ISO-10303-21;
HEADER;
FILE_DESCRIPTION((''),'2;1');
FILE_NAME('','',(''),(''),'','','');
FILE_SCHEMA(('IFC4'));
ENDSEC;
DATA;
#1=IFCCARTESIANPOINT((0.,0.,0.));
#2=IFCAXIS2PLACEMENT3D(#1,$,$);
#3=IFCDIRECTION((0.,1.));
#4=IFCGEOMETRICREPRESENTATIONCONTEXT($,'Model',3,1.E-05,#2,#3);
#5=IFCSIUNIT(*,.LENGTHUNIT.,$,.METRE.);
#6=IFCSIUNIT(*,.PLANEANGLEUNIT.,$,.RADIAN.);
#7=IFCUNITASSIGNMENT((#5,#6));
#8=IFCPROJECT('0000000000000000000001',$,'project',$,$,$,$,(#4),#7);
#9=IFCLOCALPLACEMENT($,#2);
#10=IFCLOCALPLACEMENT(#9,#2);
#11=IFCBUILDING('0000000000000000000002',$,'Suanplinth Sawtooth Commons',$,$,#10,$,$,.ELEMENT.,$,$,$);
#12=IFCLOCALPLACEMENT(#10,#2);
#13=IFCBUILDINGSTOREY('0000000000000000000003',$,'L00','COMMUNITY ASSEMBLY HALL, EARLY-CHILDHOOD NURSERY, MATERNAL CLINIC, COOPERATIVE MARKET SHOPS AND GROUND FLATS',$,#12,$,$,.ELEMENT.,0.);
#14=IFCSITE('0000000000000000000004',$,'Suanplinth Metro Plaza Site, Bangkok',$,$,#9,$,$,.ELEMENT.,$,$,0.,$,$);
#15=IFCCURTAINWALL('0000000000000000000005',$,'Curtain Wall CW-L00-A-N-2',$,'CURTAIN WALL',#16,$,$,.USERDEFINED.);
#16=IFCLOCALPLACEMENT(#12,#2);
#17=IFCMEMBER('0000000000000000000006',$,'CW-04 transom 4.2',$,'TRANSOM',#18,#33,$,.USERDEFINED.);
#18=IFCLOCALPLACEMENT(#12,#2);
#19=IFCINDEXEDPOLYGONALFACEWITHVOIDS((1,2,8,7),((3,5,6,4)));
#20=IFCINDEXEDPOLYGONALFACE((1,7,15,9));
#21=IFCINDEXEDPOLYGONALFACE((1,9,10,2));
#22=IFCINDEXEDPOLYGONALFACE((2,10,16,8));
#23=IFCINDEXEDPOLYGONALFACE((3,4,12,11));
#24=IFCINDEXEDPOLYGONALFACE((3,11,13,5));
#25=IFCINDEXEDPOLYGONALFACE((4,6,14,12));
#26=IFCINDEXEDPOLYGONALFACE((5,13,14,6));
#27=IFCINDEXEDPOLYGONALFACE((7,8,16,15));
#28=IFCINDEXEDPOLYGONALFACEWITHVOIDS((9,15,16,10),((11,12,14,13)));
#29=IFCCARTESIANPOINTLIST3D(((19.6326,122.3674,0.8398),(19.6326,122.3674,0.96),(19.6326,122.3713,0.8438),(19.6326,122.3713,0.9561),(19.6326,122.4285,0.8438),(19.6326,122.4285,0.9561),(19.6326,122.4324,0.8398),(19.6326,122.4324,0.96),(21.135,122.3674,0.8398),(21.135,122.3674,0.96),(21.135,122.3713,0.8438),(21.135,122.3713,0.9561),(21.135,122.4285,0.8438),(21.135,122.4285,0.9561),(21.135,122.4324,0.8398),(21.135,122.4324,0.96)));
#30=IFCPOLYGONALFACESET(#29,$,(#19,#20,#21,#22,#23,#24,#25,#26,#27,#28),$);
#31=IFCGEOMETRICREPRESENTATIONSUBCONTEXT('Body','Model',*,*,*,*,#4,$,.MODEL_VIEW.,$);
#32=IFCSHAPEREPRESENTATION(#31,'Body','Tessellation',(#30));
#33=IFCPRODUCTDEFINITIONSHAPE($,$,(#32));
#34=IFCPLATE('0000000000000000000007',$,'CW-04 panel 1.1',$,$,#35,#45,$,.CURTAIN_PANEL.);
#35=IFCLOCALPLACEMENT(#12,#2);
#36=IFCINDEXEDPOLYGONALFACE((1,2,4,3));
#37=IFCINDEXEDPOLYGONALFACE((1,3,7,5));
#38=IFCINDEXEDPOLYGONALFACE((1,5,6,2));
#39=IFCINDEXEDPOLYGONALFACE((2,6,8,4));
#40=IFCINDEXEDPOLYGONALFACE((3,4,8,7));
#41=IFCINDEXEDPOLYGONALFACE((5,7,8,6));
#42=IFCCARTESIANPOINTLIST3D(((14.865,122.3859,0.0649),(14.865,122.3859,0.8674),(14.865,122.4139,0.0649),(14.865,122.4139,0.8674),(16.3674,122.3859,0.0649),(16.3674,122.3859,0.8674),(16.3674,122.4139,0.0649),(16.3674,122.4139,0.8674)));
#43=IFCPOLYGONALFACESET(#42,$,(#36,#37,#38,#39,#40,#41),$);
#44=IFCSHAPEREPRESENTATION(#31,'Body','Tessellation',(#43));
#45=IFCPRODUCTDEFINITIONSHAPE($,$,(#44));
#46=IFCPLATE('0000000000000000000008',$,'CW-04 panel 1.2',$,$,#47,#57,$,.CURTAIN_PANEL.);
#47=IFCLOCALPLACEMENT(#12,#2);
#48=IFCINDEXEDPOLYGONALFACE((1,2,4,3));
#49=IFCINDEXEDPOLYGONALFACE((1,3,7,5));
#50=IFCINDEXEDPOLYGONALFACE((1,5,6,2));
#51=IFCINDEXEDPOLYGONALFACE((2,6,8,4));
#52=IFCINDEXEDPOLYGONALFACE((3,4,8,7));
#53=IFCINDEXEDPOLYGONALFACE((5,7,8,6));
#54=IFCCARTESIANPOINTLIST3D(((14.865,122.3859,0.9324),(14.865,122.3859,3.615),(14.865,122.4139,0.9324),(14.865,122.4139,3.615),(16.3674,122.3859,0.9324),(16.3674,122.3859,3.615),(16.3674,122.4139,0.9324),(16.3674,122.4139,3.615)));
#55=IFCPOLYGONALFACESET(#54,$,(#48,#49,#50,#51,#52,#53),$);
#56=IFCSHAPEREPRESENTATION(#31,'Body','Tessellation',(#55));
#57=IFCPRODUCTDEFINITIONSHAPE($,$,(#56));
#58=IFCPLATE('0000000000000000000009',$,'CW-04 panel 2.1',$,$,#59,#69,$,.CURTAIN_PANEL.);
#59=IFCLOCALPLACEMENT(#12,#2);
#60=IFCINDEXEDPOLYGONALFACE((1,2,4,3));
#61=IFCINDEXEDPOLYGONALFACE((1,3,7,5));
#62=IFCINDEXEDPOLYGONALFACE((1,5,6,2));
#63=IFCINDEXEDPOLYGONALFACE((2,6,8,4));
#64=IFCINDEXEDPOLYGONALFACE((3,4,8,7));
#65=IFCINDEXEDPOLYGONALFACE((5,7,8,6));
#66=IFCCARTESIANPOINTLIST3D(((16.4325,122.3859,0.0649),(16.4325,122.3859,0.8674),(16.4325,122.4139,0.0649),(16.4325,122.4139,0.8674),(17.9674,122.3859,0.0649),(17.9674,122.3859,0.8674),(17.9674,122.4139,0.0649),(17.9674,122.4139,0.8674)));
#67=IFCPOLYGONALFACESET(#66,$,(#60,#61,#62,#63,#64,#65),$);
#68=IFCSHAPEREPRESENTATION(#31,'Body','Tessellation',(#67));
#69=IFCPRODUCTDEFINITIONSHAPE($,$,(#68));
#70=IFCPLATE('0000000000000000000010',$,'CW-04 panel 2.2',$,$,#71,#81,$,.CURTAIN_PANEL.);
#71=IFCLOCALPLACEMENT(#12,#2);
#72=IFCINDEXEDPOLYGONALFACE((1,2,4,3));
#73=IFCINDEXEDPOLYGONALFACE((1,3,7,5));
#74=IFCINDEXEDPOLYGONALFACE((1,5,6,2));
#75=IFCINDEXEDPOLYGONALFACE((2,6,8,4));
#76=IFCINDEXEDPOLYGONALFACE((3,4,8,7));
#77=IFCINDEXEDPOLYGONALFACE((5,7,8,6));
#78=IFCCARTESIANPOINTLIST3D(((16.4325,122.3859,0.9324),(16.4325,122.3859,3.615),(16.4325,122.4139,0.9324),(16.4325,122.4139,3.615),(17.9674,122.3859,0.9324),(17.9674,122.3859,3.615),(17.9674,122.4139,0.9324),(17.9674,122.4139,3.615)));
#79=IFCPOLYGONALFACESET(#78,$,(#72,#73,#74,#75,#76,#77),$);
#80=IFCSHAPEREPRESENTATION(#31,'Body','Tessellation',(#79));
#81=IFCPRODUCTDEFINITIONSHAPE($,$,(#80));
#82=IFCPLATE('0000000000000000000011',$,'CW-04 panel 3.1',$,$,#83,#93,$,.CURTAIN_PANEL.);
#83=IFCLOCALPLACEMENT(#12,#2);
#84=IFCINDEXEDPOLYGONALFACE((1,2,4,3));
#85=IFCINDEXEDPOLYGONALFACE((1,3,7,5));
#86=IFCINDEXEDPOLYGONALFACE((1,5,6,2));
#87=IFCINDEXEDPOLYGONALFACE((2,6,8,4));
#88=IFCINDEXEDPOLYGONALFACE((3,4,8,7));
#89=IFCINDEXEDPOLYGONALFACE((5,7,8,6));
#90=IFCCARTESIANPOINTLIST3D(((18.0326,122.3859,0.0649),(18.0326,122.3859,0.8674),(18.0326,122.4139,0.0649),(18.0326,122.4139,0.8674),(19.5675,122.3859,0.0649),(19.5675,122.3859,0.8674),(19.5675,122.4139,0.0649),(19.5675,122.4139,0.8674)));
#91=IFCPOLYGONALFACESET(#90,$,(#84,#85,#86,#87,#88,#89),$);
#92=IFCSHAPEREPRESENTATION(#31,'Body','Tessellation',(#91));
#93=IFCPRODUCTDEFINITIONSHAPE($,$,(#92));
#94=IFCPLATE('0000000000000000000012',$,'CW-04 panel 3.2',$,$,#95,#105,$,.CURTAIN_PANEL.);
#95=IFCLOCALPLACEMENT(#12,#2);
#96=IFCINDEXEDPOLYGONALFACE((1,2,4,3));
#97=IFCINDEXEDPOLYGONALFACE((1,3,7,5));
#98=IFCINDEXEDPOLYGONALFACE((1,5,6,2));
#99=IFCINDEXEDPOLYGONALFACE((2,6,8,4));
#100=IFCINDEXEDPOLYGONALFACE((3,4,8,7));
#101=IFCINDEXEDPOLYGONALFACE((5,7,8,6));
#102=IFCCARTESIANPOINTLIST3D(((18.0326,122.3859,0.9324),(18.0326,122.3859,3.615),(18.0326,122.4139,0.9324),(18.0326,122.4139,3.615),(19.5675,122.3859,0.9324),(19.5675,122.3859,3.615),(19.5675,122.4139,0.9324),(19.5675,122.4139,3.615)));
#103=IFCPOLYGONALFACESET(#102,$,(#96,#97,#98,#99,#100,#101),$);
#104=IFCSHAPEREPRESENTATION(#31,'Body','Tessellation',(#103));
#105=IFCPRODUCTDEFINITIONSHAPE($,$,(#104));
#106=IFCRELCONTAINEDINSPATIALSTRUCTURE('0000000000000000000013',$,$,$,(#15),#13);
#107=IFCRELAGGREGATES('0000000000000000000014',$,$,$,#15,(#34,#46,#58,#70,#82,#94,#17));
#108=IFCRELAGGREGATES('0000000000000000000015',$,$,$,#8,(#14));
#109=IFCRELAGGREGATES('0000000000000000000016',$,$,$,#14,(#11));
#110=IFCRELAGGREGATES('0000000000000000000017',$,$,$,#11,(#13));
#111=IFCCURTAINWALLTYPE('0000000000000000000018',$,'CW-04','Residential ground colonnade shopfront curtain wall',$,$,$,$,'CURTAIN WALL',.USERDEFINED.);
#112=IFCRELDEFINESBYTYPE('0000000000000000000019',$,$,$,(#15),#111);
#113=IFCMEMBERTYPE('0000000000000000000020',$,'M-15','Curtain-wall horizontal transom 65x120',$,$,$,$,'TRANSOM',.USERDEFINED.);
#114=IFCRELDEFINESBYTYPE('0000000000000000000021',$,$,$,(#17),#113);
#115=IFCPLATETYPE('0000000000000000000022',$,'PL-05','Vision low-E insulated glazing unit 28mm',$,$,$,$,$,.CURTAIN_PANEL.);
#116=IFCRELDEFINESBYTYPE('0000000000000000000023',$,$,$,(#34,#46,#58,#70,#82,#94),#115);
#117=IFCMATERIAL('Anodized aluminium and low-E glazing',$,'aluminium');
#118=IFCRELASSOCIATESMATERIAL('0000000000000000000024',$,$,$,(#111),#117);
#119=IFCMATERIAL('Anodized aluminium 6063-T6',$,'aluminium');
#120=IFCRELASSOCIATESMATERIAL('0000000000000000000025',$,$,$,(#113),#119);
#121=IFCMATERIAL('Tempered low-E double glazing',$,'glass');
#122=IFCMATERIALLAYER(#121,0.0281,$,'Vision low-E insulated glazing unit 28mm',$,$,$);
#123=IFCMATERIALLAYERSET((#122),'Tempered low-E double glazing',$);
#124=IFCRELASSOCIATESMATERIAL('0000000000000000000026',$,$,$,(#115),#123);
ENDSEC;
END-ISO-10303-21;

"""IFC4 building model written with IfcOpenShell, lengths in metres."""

from ifc_helpers import new_model, si_unit, direction, frame, origin, origin_2d, place, context, subcontext, project, spatial, rectangle, hollow_rectangle, extrude, material, layer, layer_set, material_profile, profile_set, type_object, element, aggregate, save


model = new_model("IFC4")

# Units and contexts
model_context = context("Model", 3, precision=1e-05, world=origin(), true_north=direction((0.0, 1.0)))
body_context = subcontext(model_context, "Body", "Model", "MODEL_VIEW")
ifc_project = project(units=[si_unit("LENGTHUNIT", "METRE"), si_unit("PLANEANGLEUNIT", "RADIAN")], contexts=[model_context])

# Site, building, storey
site_placement = place(None, origin())
site = spatial("IfcSite", under=ifc_project, at=site_placement, Name="Suanplinth Metro Plaza Site, Bangkok", CompositionType="ELEMENT", RefElevation=0.0)
building_placement = place(site_placement, origin())
building = spatial("IfcBuilding", under=site, at=building_placement, Name="Suanplinth Sawtooth Commons", CompositionType="ELEMENT")
storey_placement = place(building_placement, origin())
storey = spatial("IfcBuildingStorey", under=building, at=storey_placement, Name="L00", Description="COMMUNITY ASSEMBLY HALL, EARLY-CHILDHOOD NURSERY, MATERNAL CLINIC, COOPERATIVE MARKET SHOPS AND GROUND FLATS", CompositionType="ELEMENT", Elevation=0.0)

# Curtain wall, member, plates
ifc_material_1 = material(Name="Anodized aluminium and low-E glazing", Category="aluminium")
curtain_wall_type = type_object("IfcCurtainWallType", Name="CW-04", Description="Residential ground colonnade shopfront curtain wall", ElementType="CURTAIN WALL", PredefinedType="USERDEFINED", material=ifc_material_1)
curtain_wall_placement = place(storey_placement, origin())
curtain_wall = element("IfcCurtainWall", 1, at=curtain_wall_placement, inside=storey, type_object=curtain_wall_type, Name="Curtain Wall CW-L00-A-N-2", ObjectType="CURTAIN WALL", PredefinedType="USERDEFINED")
ifc_material_2 = material(Name="Anodized aluminium 6063-T6", Category="aluminium")
ifc_material_profile_1 = material_profile(ifc_material_2, hollow_rectangle(XDim=0.0649, YDim=0.1201, WallThickness=0.0039, at=origin_2d()), Name="ALU-TRN 65x120")
ifc_profile_set_1 = profile_set([ifc_material_profile_1], Name="Anodized aluminium 6063-T6")
member_type_1 = type_object("IfcMemberType", Name="M-15", Description="Curtain-wall horizontal transom 65x120", ElementType="TRANSOM", PredefinedType="USERDEFINED", material=ifc_profile_set_1)
member_1_placement = place(storey_placement, frame((19.6326, 122.3999, 0.8999), z_axis=(1.0, 0.0, 0.0), x_axis=(0.0, 1.0, 0.0)))
member_1 = element("IfcMember", 2, at=member_1_placement, type_object=member_type_1, Name="CW-04 transom 4.2", ObjectType="TRANSOM", PredefinedType="USERDEFINED", context=body_context, shape_type="SweptSolid", body=[
    extrude(hollow_rectangle(XDim=0.0649, YDim=0.1201, WallThickness=0.0039, at=origin_2d()), origin(), (0.0, 0.0, 1.0), 1.5024),
])
ifc_material_3 = material(Name="Tempered low-E double glazing", Category="glass")
ifc_layer = layer(ifc_material_3, 0.0281, Name="Vision low-E insulated glazing unit 28mm")
ifc_layer_set = layer_set([ifc_layer], Name="Tempered low-E double glazing")
plate_type = type_object("IfcPlateType", Name="PL-05", Description="Vision low-E insulated glazing unit 28mm", PredefinedType="CURTAIN_PANEL", material=ifc_layer_set)
plate_1_placement = place(storey_placement, frame((15.6162, 122.3999, 0.0649), z_axis=(0.0, 0.0, 1.0), x_axis=(1.0, 0.0, 0.0)))
plate_1 = element("IfcPlate", 3, at=plate_1_placement, type_object=plate_type, Name="CW-04 panel 1.1", PredefinedType="CURTAIN_PANEL", context=body_context, shape_type="SweptSolid", body=[
    extrude(rectangle(XDim=1.5024, YDim=0.0281, at=origin_2d()), origin(), (0.0, 0.0, 1.0), 0.8025),
])
plate_2_placement = place(storey_placement, frame((15.6162, 122.3999, 0.9324), z_axis=(0.0, 0.0, 1.0), x_axis=(1.0, 0.0, 0.0)))
plate_2 = element("IfcPlate", 4, at=plate_2_placement, type_object=plate_type, Name="CW-04 panel 1.2", PredefinedType="CURTAIN_PANEL", context=body_context, shape_type="SweptSolid", body=[
    extrude(rectangle(XDim=1.5024, YDim=0.0281, at=origin_2d()), origin(), (0.0, 0.0, 1.0), 2.6826),
])
plate_3_placement = place(storey_placement, frame((17.2, 122.3999, 0.0649), z_axis=(0.0, 0.0, 1.0), x_axis=(1.0, 0.0, 0.0)))
plate_3 = element("IfcPlate", 5, at=plate_3_placement, type_object=plate_type, Name="CW-04 panel 2.1", PredefinedType="CURTAIN_PANEL", context=body_context, shape_type="SweptSolid", body=[
    extrude(rectangle(XDim=1.5349, YDim=0.0281, at=origin_2d()), origin(), (0.0, 0.0, 1.0), 0.8025),
])
plate_4_placement = place(storey_placement, frame((17.2, 122.3999, 0.9324), z_axis=(0.0, 0.0, 1.0), x_axis=(1.0, 0.0, 0.0)))
plate_4 = element("IfcPlate", 6, at=plate_4_placement, type_object=plate_type, Name="CW-04 panel 2.2", PredefinedType="CURTAIN_PANEL", context=body_context, shape_type="SweptSolid", body=[
    extrude(rectangle(XDim=1.5349, YDim=0.0281, at=origin_2d()), origin(), (0.0, 0.0, 1.0), 2.6826),
])
plate_5_placement = place(storey_placement, frame((18.8, 122.3999, 0.0649), z_axis=(0.0, 0.0, 1.0), x_axis=(1.0, 0.0, 0.0)))
plate_5 = element("IfcPlate", 7, at=plate_5_placement, type_object=plate_type, Name="CW-04 panel 3.1", PredefinedType="CURTAIN_PANEL", context=body_context, shape_type="SweptSolid", body=[
    extrude(rectangle(XDim=1.5349, YDim=0.0281, at=origin_2d()), origin(), (0.0, 0.0, 1.0), 0.8025),
])
plate_6_placement = place(storey_placement, frame((18.8, 122.3999, 0.9324), z_axis=(0.0, 0.0, 1.0), x_axis=(1.0, 0.0, 0.0)))
plate_6 = element("IfcPlate", 8, at=plate_6_placement, type_object=plate_type, Name="CW-04 panel 3.2", PredefinedType="CURTAIN_PANEL", context=body_context, shape_type="SweptSolid", body=[
    extrude(rectangle(XDim=1.5349, YDim=0.0281, at=origin_2d()), origin(), (0.0, 0.0, 1.0), 2.6826),
])
aggregate(curtain_wall, [plate_1, plate_2, plate_3, plate_4, plate_5, plate_6, member_1])

save(model, "model.ifc")
